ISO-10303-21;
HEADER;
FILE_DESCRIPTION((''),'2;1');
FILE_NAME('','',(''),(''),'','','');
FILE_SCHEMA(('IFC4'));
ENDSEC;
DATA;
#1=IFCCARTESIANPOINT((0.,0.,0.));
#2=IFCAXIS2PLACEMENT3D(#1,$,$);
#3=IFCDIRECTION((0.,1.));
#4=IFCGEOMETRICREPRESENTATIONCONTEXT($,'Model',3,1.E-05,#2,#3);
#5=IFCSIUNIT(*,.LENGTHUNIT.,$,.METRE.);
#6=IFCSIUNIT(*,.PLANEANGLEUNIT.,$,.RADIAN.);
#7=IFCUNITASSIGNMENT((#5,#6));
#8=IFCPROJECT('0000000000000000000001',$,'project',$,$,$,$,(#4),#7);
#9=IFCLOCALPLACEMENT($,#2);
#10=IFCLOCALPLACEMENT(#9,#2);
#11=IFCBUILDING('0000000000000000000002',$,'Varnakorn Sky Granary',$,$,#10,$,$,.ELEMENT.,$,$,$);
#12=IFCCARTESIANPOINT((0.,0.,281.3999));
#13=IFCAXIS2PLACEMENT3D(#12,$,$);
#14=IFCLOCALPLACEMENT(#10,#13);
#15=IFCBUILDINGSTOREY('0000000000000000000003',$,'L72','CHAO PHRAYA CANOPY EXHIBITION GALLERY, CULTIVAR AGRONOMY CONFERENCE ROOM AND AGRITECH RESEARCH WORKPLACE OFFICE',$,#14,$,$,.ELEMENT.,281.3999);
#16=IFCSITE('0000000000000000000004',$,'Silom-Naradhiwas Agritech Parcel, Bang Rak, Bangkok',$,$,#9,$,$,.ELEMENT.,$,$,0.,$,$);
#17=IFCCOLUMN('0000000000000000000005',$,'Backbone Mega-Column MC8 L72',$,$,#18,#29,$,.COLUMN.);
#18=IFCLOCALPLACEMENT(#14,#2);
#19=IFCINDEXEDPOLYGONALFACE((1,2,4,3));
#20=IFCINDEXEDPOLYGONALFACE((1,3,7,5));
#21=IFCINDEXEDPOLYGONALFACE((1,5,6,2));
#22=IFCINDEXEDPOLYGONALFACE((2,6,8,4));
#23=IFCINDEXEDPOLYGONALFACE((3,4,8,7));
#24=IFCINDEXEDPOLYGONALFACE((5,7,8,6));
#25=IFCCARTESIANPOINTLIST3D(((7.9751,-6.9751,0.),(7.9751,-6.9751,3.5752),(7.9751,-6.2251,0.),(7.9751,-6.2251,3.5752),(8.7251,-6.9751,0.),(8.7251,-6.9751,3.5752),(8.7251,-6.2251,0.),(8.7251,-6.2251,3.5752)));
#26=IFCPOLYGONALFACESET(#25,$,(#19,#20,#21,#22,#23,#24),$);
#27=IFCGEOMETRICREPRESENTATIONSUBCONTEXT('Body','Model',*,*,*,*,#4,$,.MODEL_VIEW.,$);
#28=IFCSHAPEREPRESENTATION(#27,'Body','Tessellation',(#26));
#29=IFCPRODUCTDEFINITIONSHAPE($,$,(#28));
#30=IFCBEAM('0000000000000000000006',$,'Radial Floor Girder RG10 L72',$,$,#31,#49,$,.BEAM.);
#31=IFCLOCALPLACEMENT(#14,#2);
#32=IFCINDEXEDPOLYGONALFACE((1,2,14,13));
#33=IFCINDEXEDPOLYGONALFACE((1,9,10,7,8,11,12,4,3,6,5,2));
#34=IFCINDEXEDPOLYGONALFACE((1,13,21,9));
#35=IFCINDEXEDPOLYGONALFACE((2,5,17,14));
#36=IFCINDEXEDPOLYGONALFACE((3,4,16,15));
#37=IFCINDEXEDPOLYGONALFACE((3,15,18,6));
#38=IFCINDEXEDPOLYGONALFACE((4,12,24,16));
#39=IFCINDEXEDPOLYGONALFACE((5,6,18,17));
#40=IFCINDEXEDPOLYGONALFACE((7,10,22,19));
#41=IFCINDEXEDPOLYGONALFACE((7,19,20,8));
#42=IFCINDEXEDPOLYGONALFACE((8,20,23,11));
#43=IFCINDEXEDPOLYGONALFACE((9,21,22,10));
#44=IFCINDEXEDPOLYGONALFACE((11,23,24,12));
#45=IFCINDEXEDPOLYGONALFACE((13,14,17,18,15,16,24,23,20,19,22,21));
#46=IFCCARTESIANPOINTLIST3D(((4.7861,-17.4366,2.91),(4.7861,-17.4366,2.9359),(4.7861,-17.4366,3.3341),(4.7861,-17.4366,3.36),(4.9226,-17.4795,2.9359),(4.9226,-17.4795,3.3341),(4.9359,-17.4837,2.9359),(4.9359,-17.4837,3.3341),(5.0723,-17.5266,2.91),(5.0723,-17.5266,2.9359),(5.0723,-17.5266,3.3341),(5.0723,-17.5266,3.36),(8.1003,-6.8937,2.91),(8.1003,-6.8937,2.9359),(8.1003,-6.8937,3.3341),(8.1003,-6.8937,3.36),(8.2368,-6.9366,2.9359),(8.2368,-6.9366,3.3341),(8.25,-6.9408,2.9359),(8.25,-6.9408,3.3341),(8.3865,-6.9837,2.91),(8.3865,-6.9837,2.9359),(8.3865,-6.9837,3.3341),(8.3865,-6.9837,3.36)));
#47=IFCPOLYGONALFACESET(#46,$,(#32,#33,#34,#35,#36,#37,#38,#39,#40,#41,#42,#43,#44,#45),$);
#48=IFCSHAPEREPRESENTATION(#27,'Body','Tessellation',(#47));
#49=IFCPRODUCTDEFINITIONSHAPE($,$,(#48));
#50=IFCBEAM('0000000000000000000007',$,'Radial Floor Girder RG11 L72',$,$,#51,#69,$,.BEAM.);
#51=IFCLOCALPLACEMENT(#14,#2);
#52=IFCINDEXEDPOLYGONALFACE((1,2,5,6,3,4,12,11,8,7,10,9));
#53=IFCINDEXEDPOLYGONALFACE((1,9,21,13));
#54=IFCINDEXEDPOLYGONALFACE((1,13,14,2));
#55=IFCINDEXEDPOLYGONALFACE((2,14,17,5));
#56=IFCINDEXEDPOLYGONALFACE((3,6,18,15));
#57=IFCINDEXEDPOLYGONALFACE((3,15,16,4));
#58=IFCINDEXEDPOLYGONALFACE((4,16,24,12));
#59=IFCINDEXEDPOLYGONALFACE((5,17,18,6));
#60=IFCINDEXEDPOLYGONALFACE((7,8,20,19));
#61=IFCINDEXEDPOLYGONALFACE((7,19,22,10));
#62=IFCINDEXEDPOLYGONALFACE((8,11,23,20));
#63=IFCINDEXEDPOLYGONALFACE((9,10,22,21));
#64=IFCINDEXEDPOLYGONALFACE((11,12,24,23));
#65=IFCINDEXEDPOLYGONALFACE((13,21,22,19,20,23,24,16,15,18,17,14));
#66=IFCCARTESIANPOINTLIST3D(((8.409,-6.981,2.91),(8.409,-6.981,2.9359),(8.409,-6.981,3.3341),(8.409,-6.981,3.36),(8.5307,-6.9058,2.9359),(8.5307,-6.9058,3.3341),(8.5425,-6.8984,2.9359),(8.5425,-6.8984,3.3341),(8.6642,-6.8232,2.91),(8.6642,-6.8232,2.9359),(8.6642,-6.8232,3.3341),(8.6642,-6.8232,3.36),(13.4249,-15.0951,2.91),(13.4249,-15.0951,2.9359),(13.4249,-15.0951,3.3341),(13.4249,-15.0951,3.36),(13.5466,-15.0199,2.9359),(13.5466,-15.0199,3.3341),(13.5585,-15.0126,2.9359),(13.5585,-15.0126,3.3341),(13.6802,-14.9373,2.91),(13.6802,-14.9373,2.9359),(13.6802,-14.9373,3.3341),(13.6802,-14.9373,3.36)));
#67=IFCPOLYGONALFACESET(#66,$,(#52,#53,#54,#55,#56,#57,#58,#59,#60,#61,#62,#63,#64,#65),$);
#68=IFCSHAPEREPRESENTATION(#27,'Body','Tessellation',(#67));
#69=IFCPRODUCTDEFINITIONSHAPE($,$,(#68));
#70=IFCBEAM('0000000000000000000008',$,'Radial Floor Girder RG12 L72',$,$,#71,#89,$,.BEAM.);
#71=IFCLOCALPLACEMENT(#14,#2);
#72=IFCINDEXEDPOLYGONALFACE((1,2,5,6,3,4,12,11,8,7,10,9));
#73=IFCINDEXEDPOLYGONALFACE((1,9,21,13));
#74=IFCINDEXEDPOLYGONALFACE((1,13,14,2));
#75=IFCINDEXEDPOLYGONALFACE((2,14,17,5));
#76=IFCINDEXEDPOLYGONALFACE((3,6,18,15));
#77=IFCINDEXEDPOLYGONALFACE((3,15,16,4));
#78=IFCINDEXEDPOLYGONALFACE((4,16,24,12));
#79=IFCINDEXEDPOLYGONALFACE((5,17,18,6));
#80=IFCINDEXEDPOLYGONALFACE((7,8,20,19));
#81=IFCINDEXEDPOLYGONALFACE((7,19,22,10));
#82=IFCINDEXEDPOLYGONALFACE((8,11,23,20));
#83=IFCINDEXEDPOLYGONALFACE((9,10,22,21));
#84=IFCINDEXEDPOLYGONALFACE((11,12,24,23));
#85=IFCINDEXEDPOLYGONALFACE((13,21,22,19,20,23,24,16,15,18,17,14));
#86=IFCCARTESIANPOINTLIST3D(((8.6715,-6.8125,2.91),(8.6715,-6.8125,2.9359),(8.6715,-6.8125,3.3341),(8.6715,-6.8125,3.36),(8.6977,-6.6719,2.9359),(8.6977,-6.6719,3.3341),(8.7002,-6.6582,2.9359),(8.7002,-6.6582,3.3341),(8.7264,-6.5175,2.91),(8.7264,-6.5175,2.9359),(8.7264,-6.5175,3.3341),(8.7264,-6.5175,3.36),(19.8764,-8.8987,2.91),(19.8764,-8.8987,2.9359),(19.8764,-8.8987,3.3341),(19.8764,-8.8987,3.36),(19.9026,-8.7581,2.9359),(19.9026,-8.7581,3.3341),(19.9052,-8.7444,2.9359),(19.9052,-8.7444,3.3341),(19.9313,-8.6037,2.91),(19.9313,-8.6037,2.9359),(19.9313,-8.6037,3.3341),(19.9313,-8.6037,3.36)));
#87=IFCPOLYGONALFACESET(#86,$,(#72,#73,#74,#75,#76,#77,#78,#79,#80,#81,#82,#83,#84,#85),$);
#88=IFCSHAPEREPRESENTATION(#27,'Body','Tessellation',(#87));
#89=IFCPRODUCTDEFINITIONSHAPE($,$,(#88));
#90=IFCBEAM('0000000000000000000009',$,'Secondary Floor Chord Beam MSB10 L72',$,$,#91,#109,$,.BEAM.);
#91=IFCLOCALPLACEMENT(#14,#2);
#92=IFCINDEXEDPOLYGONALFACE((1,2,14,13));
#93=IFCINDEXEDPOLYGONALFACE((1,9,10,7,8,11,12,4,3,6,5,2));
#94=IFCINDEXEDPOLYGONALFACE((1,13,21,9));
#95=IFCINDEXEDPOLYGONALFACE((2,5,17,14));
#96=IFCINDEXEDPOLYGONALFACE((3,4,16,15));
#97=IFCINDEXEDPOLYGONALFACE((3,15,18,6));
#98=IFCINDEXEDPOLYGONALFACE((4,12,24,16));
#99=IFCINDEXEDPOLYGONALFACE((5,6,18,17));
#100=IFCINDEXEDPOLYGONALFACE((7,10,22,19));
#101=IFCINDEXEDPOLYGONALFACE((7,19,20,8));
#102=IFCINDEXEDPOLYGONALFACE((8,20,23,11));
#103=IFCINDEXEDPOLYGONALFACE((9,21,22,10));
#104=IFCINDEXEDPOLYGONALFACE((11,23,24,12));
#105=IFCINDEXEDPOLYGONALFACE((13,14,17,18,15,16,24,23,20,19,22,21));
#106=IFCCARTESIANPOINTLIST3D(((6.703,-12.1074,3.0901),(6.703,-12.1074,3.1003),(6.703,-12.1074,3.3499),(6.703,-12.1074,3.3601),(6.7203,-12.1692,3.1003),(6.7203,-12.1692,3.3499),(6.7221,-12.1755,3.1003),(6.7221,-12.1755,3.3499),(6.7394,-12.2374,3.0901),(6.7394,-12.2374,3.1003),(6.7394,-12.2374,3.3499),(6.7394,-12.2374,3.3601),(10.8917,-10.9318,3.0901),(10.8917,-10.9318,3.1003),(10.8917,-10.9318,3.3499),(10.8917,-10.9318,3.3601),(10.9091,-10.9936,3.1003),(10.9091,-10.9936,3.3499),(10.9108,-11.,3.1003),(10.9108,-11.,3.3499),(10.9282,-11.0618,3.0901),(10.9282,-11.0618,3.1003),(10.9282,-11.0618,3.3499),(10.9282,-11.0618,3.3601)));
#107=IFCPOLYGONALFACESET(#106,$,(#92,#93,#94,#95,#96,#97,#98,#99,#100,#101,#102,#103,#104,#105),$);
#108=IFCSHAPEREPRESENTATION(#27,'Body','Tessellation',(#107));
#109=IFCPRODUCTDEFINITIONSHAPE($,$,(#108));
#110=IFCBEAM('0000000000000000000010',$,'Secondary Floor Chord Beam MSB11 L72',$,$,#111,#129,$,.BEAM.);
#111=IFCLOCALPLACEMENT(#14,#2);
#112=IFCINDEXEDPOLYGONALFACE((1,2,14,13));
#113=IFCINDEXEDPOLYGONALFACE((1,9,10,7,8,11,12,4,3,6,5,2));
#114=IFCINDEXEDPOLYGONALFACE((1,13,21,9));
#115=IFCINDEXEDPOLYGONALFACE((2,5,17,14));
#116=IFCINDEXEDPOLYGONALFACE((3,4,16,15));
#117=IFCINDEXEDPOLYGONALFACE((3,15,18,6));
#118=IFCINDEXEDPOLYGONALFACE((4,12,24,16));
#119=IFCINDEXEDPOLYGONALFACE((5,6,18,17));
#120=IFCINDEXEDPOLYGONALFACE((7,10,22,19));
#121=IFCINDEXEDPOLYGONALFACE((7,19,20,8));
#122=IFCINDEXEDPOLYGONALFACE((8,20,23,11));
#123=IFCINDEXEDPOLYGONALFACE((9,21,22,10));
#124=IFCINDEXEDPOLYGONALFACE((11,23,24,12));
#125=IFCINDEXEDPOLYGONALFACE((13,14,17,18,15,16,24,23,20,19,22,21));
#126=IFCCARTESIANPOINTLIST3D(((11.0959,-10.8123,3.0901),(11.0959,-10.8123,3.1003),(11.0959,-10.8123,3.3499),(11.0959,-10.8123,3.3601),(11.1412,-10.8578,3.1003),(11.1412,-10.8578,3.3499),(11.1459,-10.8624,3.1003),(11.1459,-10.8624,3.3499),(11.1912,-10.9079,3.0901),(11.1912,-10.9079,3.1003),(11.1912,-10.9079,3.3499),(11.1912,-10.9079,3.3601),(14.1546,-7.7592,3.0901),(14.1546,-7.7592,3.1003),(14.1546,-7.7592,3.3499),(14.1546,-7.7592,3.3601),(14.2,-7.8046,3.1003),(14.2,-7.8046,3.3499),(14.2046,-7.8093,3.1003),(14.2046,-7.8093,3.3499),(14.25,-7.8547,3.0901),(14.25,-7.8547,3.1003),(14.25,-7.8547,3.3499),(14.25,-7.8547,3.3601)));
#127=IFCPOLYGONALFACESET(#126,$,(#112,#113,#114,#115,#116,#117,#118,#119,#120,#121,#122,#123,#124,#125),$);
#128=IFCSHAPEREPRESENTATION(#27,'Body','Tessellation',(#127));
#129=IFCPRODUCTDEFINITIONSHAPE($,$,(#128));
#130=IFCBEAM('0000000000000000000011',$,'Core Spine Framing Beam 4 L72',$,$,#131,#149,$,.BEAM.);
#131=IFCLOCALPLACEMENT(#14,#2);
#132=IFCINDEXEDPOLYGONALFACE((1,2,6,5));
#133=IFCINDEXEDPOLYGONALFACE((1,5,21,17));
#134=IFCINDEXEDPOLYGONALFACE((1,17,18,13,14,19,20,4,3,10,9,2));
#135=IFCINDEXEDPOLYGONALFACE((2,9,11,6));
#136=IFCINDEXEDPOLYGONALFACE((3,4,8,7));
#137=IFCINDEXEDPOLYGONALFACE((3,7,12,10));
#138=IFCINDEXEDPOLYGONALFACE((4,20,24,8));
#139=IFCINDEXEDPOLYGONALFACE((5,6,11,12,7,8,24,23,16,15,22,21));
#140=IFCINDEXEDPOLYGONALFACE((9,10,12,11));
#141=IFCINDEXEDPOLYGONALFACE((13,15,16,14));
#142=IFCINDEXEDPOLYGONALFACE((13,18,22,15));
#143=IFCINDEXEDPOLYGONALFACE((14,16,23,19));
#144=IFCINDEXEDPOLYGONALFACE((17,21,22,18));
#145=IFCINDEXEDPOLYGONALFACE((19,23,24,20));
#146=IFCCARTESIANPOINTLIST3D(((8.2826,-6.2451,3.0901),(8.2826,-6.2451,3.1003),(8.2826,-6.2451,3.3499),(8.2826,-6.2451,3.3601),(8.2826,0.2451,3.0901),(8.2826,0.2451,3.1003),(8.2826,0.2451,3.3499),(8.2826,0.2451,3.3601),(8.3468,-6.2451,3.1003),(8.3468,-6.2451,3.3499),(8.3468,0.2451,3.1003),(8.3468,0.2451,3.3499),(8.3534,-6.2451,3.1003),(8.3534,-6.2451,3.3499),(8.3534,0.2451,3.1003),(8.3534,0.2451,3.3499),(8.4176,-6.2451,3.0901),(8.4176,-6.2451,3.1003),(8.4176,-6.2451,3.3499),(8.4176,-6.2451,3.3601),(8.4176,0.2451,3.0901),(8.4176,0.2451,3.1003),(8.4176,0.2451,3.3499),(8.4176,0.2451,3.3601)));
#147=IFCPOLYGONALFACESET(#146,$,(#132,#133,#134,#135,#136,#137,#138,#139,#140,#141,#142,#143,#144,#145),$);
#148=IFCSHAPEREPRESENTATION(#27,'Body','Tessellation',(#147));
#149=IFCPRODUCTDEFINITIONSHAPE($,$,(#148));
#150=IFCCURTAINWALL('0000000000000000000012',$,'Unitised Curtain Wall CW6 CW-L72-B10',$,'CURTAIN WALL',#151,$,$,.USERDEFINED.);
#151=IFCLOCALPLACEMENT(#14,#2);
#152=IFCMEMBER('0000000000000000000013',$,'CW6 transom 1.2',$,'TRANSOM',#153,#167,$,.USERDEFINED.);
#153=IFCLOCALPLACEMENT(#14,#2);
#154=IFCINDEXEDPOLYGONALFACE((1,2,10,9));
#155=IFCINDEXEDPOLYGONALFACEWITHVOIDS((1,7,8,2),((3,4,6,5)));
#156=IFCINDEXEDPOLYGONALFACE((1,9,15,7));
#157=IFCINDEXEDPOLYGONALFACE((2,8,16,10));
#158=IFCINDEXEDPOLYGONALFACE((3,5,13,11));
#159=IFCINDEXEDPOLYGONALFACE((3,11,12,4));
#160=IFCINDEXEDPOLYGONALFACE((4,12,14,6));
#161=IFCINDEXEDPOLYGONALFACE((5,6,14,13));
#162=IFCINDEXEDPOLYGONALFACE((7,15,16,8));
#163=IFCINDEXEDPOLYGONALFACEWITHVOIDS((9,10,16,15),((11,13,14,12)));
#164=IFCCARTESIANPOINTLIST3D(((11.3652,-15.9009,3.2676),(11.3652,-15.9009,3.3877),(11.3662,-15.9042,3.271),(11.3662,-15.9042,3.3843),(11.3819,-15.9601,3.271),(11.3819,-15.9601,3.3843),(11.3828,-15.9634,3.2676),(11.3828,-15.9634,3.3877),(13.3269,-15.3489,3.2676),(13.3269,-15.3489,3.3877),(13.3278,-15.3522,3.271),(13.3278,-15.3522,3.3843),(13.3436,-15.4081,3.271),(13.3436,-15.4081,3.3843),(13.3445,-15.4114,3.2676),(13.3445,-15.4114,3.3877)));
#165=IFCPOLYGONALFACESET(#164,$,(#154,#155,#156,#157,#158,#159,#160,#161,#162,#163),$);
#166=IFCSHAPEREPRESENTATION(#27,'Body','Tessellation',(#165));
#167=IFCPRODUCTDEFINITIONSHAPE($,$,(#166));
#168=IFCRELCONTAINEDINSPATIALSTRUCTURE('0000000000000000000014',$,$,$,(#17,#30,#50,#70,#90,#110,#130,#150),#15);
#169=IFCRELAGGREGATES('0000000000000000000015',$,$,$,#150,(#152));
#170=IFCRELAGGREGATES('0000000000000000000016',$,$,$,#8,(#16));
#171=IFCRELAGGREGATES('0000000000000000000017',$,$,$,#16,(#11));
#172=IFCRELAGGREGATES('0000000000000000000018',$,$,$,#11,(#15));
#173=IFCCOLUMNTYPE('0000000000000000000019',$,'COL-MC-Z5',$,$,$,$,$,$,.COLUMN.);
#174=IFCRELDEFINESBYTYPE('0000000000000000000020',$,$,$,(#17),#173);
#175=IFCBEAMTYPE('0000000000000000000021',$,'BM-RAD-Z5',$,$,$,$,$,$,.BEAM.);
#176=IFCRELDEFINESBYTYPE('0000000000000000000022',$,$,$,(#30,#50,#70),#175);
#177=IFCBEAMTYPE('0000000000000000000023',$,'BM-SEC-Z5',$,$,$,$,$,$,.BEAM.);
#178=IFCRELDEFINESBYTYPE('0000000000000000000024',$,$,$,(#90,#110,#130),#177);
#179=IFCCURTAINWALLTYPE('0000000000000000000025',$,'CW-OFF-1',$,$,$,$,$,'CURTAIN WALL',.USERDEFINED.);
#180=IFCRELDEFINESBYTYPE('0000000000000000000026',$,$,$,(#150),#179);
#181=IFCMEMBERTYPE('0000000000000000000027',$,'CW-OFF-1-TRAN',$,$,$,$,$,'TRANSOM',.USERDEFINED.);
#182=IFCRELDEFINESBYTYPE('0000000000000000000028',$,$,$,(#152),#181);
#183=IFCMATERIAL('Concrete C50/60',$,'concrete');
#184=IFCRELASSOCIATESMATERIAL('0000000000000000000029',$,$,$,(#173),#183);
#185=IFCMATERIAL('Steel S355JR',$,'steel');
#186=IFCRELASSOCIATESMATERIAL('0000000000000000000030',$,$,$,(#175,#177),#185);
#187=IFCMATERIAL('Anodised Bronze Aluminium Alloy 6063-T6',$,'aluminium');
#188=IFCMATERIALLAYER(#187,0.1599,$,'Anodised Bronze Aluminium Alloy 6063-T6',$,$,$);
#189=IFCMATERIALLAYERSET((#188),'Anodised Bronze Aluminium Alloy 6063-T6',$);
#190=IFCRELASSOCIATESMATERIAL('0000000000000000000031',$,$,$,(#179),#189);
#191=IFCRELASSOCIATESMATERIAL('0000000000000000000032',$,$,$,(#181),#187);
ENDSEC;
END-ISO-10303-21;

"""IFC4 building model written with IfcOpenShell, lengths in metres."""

from ifc_helpers import new_model, si_unit, direction, frame, origin, origin_2d, place, context, subcontext, project, spatial, rectangle, hollow_rectangle, i_section, extrude, material, layer, layer_set, material_profile, profile_set, type_object, element, aggregate, save


model = new_model("IFC4")

# Units and contexts
model_context = context("Model", 3, precision=1e-05, world=origin(), true_north=direction((0.0, 1.0)))
body_context = subcontext(model_context, "Body", "Model", "MODEL_VIEW")
ifc_project = project(units=[si_unit("LENGTHUNIT", "METRE"), si_unit("PLANEANGLEUNIT", "RADIAN")], contexts=[model_context])

# Site, building, storey
site_placement = place(None, origin())
site = spatial("IfcSite", under=ifc_project, at=site_placement, Name="Silom-Naradhiwas Agritech Parcel, Bang Rak, Bangkok", CompositionType="ELEMENT", RefElevation=0.0)
building_placement = place(site_placement, origin())
building = spatial("IfcBuilding", under=site, at=building_placement, Name="Varnakorn Sky Granary", CompositionType="ELEMENT")
storey_placement = place(building_placement, frame((0.0, 0.0, 281.3999)))
storey = spatial("IfcBuildingStorey", under=building, at=storey_placement, Name="L72", Description="CHAO PHRAYA CANOPY EXHIBITION GALLERY, CULTIVAR AGRONOMY CONFERENCE ROOM AND AGRITECH RESEARCH WORKPLACE OFFICE", CompositionType="ELEMENT", Elevation=281.3999)

# Column
ifc_material_1 = material(Name="Concrete C50/60", Category="concrete")
ifc_material_profile_1 = material_profile(ifc_material_1, rectangle(XDim=0.75, YDim=0.75, at=origin_2d()), Name="RC 750x750")
ifc_profile_set_1 = profile_set([ifc_material_profile_1], Name="Concrete C50/60")
column_type = type_object("IfcColumnType", Name="COL-MC-Z5", PredefinedType="COLUMN", material=ifc_profile_set_1)
column_placement = place(storey_placement, frame((8.3501, -6.6001, 0.0), z_axis=(0.0, 0.0, 1.0), x_axis=(1.0, 0.0, 0.0)))
element("IfcColumn", 1, at=column_placement, inside=storey, type_object=column_type, Name="Backbone Mega-Column MC8 L72", PredefinedType="COLUMN", context=body_context, shape_type="SweptSolid", body=[
    extrude(rectangle(XDim=0.75, YDim=0.75, at=origin_2d()), origin(), (0.0, 0.0, 1.0), 3.5752),
])

# Beams
ifc_material_2 = material(Name="Steel S355JR", Category="steel")
ifc_material_profile_2 = material_profile(ifc_material_2, i_section(OverallWidth=0.3, OverallDepth=0.45, WebThickness=0.0139, FlangeThickness=0.0259, at=origin_2d()), Name="HE 450 B")
ifc_profile_set_2 = profile_set([ifc_material_profile_2], Name="Steel S355JR")
beam_type_1 = type_object("IfcBeamType", Name="BM-RAD-Z5", PredefinedType="BEAM", material=ifc_profile_set_2)
beam_1_placement = place(storey_placement, frame((8.2434, -6.9387, 3.135), z_axis=(-0.299885, -0.953975, 0.0), x_axis=(0.953975, -0.299885, 0.0)))
element("IfcBeam", 2, at=beam_1_placement, inside=storey, type_object=beam_type_1, Name="Radial Floor Girder RG10 L72", PredefinedType="BEAM", context=body_context, shape_type="SweptSolid", body=[
    extrude(i_section(OverallWidth=0.3, OverallDepth=0.45, WebThickness=0.0139, FlangeThickness=0.0259, at=origin_2d()), origin(), (0.0, 0.0, 1.0), 11.0515),
])
beam_2_placement = place(storey_placement, frame((8.5366, -6.9021, 3.135), z_axis=(0.525817, -0.850598, 0.0), x_axis=(0.850598, 0.525817, 0.0)))
element("IfcBeam", 3, at=beam_2_placement, inside=storey, type_object=beam_type_1, Name="Radial Floor Girder RG11 L72", PredefinedType="BEAM", context=body_context, shape_type="SweptSolid", body=[
    extrude(i_section(OverallWidth=0.3, OverallDepth=0.45, WebThickness=0.0139, FlangeThickness=0.0259, at=origin_2d()), origin(), (0.0, 0.0, 1.0), 9.5393),
])
beam_3_placement = place(storey_placement, frame((8.699, -6.665, 3.135), z_axis=(0.983105, -0.18304, 0.0), x_axis=(0.18304, 0.983105, 0.0)))
element("IfcBeam", 4, at=beam_3_placement, inside=storey, type_object=beam_type_1, Name="Radial Floor Girder RG12 L72", PredefinedType="BEAM", context=body_context, shape_type="SweptSolid", body=[
    extrude(i_section(OverallWidth=0.3, OverallDepth=0.45, WebThickness=0.0139, FlangeThickness=0.0259, at=origin_2d()), origin(), (0.0, 0.0, 1.0), 11.3975),
])
ifc_material_profile_3 = material_profile(ifc_material_2, i_section(OverallWidth=0.135, OverallDepth=0.27, WebThickness=0.0066, FlangeThickness=0.0103, at=origin_2d()), Name="IPE 270")
ifc_profile_set_3 = profile_set([ifc_material_profile_3], Name="Steel S355JR")
beam_type_2 = type_object("IfcBeamType", Name="BM-SEC-Z5", PredefinedType="BEAM", material=ifc_profile_set_3)
beam_4_placement = place(storey_placement, frame((6.7212, -12.1724, 3.2251), z_axis=(0.962803, 0.270204, 0.0), x_axis=(-0.270204, 0.962803, 0.0)))
element("IfcBeam", 5, at=beam_4_placement, inside=storey, type_object=beam_type_2, Name="Secondary Floor Chord Beam MSB10 L72", PredefinedType="BEAM", context=body_context, shape_type="SweptSolid", body=[
    extrude(i_section(OverallWidth=0.135, OverallDepth=0.27, WebThickness=0.0066, FlangeThickness=0.0103, at=origin_2d()), origin(), (0.0, 0.0, 1.0), 4.3506),
])
beam_5_placement = place(storey_placement, frame((11.1436, -10.8601, 3.2251), z_axis=(0.707756, 0.706457, 0.0), x_axis=(-0.706457, 0.707756, 0.0)))
element("IfcBeam", 6, at=beam_5_placement, inside=storey, type_object=beam_type_2, Name="Secondary Floor Chord Beam MSB11 L72", PredefinedType="BEAM", context=body_context, shape_type="SweptSolid", body=[
    extrude(i_section(OverallWidth=0.135, OverallDepth=0.27, WebThickness=0.0066, FlangeThickness=0.0103, at=origin_2d()), origin(), (0.0, 0.0, 1.0), 4.3218),
])
beam_6_placement = place(storey_placement, frame((8.3501, 0.2451, 3.2251), z_axis=(0.0, -1.0, 0.0), x_axis=(1.0, 0.0, 0.0)))
element("IfcBeam", 7, at=beam_6_placement, inside=storey, type_object=beam_type_2, Name="Core Spine Framing Beam 4 L72", PredefinedType="BEAM", context=body_context, shape_type="SweptSolid", body=[
    extrude(i_section(OverallWidth=0.135, OverallDepth=0.27, WebThickness=0.0066, FlangeThickness=0.0103, at=origin_2d()), origin(), (0.0, 0.0, 1.0), 6.4902),
])

# Curtain wall, member
ifc_material_3 = material(Name="Anodised Bronze Aluminium Alloy 6063-T6", Category="aluminium")
ifc_layer_1 = layer(ifc_material_3, 0.1599, Name="Anodised Bronze Aluminium Alloy 6063-T6")
ifc_layer_set_1 = layer_set([ifc_layer_1], Name="Anodised Bronze Aluminium Alloy 6063-T6")
curtain_wall_type = type_object("IfcCurtainWallType", Name="CW-OFF-1", ElementType="CURTAIN WALL", PredefinedType="USERDEFINED", material=ifc_layer_set_1)
curtain_wall_placement = place(storey_placement, origin())
curtain_wall = element("IfcCurtainWall", 8, at=curtain_wall_placement, inside=storey, type_object=curtain_wall_type, Name="Unitised Curtain Wall CW6 CW-L72-B10", ObjectType="CURTAIN WALL", PredefinedType="USERDEFINED")
ifc_material_profile_4 = material_profile(ifc_material_3, hollow_rectangle(XDim=0.0649, YDim=0.1201, WallThickness=0.0034, at=origin_2d()), Name="ALU TRAN 65x120")
ifc_profile_set_4 = profile_set([ifc_material_profile_4], Name="Anodised Bronze Aluminium Alloy 6063-T6")
member_type = type_object("IfcMemberType", Name="CW-OFF-1-TRAN", ElementType="TRANSOM", PredefinedType="USERDEFINED", material=ifc_profile_set_4)
member_placement = place(storey_placement, frame((13.3357, -15.3801, 3.3276), z_axis=(-0.962615, -0.270874, 0.0), x_axis=(0.270874, -0.962615, 0.0)))
member = element("IfcMember", 9, at=member_placement, type_object=member_type, Name="CW6 transom 1.2", ObjectType="TRANSOM", PredefinedType="USERDEFINED", context=body_context, shape_type="SweptSolid", body=[
    extrude(hollow_rectangle(XDim=0.0649, YDim=0.1201, WallThickness=0.0034, at=origin_2d()), origin(), (0.0, 0.0, 1.0), 2.0378),
])
aggregate(curtain_wall, [member])

save(model, "model.ifc")
